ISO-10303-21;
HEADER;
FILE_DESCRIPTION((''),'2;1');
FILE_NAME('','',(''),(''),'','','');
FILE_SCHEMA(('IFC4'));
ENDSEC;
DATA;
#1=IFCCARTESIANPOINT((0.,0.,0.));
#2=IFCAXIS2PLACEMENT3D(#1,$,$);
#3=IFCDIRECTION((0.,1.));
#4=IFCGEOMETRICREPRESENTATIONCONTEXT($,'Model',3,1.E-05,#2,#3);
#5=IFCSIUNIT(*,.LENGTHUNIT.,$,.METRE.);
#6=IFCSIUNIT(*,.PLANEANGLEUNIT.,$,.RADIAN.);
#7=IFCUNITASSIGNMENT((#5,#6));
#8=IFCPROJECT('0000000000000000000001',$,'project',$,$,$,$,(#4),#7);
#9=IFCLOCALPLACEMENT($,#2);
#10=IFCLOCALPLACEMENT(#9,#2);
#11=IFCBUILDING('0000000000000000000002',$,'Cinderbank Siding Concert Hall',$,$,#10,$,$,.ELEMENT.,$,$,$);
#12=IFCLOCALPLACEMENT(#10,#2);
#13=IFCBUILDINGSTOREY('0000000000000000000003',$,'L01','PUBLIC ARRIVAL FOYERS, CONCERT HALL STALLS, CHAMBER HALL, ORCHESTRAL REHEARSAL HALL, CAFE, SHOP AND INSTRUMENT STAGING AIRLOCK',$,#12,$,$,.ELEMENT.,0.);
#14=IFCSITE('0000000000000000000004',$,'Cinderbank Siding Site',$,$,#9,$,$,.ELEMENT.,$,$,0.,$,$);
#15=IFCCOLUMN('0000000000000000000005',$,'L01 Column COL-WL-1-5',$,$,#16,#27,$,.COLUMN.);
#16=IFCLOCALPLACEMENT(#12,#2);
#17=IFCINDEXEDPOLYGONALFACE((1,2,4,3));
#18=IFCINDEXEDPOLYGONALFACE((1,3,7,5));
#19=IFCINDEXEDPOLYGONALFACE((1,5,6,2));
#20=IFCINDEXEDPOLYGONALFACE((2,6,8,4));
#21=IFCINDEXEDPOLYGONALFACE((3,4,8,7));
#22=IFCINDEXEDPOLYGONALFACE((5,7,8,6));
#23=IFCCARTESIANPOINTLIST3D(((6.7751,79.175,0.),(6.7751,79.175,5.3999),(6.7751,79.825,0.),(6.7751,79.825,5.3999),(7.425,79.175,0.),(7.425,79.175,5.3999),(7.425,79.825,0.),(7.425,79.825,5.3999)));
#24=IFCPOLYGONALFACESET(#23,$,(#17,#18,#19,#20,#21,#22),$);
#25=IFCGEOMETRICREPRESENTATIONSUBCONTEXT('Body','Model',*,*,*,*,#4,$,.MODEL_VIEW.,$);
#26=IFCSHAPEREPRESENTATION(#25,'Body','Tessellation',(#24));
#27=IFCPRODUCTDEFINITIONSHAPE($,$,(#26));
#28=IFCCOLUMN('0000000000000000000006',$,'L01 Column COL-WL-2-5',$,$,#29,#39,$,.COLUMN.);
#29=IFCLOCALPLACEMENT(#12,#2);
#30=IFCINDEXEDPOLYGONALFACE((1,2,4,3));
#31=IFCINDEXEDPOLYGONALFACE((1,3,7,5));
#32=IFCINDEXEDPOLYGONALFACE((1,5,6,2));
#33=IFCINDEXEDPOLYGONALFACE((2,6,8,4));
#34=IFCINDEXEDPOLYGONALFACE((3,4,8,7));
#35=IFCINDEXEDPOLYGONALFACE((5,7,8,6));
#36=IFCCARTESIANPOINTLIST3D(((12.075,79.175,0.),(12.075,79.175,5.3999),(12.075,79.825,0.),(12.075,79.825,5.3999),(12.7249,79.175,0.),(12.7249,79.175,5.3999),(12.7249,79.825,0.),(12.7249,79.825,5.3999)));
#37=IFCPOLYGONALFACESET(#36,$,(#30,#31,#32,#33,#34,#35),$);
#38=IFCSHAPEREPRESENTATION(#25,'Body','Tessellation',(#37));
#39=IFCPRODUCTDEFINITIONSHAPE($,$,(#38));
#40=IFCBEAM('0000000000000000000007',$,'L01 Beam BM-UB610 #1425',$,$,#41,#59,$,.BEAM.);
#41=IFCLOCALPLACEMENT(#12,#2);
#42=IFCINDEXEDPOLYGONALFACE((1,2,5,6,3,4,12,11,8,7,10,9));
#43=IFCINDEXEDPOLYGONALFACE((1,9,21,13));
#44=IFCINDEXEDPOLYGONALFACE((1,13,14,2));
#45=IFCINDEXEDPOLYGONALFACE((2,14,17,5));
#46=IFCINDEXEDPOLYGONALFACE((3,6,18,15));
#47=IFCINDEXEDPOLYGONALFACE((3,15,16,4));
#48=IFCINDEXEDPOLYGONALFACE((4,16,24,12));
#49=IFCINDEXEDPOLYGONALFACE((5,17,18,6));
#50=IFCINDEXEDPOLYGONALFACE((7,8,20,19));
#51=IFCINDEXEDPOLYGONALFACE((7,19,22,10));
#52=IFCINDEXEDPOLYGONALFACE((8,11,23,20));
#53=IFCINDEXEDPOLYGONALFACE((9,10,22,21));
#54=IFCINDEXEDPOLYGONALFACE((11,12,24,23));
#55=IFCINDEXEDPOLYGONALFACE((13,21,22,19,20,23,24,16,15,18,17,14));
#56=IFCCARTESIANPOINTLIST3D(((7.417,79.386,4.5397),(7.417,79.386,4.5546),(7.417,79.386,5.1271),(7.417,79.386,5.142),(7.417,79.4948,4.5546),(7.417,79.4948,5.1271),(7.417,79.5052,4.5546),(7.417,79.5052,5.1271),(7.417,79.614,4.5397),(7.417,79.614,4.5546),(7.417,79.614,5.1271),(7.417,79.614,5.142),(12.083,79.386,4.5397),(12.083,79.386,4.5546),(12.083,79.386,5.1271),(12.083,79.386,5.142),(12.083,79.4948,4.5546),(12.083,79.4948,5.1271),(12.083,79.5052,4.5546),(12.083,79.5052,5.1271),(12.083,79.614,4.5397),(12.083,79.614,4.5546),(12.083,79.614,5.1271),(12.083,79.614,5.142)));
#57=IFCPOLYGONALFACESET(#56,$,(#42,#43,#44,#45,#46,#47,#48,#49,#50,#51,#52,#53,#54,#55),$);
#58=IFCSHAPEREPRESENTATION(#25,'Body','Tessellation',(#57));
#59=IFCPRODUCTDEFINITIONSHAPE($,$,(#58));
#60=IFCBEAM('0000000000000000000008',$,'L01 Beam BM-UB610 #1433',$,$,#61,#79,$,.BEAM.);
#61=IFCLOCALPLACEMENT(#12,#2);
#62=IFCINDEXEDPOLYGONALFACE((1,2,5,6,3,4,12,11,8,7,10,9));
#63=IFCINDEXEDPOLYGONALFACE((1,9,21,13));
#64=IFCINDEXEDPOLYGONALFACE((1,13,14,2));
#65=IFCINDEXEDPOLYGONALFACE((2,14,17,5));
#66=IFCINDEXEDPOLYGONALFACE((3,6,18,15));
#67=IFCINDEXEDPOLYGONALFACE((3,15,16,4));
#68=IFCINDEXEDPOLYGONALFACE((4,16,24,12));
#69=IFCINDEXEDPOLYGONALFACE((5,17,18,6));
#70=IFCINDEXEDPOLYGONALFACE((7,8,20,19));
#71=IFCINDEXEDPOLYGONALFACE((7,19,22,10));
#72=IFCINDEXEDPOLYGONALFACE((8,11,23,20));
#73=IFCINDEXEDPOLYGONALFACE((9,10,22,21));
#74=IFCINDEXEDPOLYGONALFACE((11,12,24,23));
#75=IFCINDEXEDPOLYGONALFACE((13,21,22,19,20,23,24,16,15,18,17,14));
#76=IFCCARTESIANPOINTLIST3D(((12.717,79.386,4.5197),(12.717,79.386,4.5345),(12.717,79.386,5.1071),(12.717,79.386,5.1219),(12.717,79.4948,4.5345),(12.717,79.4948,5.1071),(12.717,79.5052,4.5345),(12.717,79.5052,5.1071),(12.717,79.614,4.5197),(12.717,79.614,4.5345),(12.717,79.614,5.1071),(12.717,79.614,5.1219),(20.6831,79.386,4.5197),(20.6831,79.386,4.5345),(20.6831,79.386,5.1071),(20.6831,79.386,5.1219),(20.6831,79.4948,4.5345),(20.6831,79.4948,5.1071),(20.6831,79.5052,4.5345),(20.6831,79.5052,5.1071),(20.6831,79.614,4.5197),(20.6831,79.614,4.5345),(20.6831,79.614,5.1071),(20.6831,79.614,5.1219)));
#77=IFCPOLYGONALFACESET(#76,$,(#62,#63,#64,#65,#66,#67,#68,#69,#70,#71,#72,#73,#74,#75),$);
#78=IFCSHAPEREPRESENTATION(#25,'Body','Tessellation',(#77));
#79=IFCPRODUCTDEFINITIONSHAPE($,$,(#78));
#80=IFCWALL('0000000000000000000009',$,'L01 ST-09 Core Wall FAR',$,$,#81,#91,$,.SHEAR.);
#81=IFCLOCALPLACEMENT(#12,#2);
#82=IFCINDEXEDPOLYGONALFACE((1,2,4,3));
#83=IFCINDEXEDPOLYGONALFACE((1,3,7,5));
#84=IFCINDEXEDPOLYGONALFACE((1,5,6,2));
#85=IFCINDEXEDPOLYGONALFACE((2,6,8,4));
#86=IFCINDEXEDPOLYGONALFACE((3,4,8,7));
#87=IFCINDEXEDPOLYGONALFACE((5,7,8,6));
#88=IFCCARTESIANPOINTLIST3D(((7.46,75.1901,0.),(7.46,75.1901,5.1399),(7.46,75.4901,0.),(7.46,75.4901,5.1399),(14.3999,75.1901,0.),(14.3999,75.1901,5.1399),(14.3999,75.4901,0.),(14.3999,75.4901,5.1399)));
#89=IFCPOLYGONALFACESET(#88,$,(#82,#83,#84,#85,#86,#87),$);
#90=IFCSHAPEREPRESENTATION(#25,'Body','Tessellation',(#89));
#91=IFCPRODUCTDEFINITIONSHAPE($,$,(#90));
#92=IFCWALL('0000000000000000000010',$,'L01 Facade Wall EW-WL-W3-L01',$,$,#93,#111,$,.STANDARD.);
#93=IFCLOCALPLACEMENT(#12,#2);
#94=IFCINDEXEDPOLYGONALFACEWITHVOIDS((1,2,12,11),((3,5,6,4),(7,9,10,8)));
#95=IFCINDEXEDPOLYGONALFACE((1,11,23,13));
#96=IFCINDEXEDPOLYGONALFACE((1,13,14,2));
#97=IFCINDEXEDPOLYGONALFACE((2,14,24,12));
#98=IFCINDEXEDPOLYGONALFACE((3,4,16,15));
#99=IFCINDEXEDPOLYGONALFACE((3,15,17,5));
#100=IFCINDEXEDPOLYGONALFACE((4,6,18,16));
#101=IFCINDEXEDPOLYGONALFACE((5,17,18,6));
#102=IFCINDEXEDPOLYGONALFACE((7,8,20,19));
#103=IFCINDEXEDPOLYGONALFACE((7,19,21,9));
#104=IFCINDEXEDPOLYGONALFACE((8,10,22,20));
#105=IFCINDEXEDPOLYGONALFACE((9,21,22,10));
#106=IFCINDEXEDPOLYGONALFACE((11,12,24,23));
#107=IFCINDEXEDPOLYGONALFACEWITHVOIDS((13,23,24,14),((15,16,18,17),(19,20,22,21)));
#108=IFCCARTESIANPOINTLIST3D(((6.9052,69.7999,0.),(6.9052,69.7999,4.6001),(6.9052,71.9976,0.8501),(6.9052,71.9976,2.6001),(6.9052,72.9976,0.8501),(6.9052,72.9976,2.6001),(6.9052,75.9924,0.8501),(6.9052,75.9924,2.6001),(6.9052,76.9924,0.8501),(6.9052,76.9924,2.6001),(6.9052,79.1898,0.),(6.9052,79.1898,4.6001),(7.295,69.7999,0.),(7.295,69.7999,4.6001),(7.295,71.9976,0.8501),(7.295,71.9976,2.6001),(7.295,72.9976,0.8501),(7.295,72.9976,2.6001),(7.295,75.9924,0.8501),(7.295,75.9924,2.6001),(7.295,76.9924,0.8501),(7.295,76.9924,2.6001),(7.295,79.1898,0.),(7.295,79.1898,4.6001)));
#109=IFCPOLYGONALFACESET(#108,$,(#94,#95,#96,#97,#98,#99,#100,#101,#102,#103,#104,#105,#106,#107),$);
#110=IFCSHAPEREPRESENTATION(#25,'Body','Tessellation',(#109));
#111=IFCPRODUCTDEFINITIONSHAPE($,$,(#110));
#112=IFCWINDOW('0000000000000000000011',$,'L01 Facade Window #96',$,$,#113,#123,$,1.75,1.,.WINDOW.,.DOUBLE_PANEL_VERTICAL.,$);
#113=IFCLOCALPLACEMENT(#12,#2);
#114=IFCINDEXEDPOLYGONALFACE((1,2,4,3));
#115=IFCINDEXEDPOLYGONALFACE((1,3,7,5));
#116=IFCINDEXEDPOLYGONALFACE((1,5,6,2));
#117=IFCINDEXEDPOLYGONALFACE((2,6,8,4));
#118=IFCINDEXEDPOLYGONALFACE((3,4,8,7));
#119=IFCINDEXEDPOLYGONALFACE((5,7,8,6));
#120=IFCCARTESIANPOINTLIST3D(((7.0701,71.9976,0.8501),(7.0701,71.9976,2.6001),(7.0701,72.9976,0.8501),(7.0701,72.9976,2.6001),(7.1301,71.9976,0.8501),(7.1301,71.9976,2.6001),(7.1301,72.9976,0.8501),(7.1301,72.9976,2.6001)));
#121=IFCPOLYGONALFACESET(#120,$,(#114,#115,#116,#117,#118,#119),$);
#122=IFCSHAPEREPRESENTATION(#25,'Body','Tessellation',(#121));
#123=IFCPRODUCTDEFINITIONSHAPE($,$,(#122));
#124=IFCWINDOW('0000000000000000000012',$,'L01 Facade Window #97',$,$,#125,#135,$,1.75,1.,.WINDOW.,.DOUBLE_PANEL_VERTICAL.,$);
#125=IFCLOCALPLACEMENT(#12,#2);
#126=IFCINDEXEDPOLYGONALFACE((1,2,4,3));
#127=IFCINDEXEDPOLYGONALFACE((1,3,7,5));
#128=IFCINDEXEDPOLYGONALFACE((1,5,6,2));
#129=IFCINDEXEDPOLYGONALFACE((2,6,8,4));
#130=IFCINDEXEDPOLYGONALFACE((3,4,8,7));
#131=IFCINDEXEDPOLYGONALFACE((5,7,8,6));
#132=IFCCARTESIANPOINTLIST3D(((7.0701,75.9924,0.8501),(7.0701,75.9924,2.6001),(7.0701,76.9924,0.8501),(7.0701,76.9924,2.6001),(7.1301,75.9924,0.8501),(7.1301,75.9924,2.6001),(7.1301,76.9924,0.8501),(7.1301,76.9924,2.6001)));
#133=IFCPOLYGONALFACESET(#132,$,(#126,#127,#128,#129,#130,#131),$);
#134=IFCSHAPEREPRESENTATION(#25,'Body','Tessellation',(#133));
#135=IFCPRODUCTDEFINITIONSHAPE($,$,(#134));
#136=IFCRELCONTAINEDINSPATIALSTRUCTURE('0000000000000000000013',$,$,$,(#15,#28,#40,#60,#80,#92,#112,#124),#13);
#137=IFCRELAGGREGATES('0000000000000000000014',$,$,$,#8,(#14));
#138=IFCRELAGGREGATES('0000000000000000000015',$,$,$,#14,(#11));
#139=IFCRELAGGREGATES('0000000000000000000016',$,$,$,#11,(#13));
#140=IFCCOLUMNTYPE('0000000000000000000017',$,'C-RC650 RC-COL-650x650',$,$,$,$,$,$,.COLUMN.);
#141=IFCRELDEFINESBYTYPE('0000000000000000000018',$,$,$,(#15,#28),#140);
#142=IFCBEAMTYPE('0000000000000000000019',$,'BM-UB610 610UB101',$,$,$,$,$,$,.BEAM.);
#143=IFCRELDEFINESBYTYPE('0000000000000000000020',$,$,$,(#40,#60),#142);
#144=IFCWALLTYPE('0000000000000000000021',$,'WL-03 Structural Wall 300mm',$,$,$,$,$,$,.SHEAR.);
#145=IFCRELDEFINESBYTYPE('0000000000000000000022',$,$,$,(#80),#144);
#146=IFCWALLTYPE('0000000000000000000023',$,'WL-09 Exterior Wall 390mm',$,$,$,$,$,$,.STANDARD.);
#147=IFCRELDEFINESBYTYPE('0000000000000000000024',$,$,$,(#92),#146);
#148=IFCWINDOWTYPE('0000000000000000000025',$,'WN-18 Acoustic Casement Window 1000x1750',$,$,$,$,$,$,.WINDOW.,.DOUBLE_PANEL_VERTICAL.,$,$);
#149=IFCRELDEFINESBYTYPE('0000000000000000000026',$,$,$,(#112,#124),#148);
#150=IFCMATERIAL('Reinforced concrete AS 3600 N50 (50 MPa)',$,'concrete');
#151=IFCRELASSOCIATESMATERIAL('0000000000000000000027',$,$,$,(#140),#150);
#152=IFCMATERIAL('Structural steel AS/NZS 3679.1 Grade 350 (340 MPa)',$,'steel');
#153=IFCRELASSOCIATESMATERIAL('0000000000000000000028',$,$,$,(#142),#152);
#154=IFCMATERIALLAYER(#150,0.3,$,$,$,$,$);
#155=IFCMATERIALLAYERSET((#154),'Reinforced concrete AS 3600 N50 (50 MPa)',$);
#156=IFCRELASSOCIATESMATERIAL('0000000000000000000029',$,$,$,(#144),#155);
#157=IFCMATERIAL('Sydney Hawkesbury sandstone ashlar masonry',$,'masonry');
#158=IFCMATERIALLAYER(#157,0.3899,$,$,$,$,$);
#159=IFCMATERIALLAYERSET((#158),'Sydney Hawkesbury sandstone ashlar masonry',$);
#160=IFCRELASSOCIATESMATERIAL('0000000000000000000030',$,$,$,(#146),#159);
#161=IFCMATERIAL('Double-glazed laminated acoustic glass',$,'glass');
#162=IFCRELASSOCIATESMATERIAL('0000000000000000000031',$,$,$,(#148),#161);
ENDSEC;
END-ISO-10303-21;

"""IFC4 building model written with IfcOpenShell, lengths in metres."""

from ifc_helpers import new_model, si_unit, direction, frame, frame_2d, origin, origin_2d, place, context, subcontext, project, spatial, rectangle, i_section, extrude, material, layer, layer_set, material_profile, profile_set, type_object, element, fill, save


model = new_model("IFC4")

# Units and contexts
model_context = context("Model", 3, precision=1e-05, world=origin(), true_north=direction((0.0, 1.0)))
body_context = subcontext(model_context, "Body", "Model", "MODEL_VIEW")
ifc_project = project(units=[si_unit("LENGTHUNIT", "METRE"), si_unit("PLANEANGLEUNIT", "RADIAN")], contexts=[model_context])

# Site, building, storey
site_placement = place(None, origin())
site = spatial("IfcSite", under=ifc_project, at=site_placement, Name="Cinderbank Siding Site", CompositionType="ELEMENT", RefElevation=0.0)
building_placement = place(site_placement, origin())
building = spatial("IfcBuilding", under=site, at=building_placement, Name="Cinderbank Siding Concert Hall", CompositionType="ELEMENT")
storey_placement = place(building_placement, origin())
storey = spatial("IfcBuildingStorey", under=building, at=storey_placement, Name="L01", Description="PUBLIC ARRIVAL FOYERS, CONCERT HALL STALLS, CHAMBER HALL, ORCHESTRAL REHEARSAL HALL, CAFE, SHOP AND INSTRUMENT STAGING AIRLOCK", CompositionType="ELEMENT", Elevation=0.0)

# Columns
ifc_material_1 = material(Name="Reinforced concrete AS 3600 N50 (50 MPa)", Category="concrete")
ifc_material_profile_1 = material_profile(ifc_material_1, rectangle(XDim=0.6499, YDim=0.6499, at=origin_2d()), Name="RC-COL-650x650", Category="LoadBearing")
ifc_profile_set_1 = profile_set([ifc_material_profile_1], Name="Reinforced concrete AS 3600 N50 (50 MPa)")
column_type = type_object("IfcColumnType", Name="C-RC650 RC-COL-650x650", PredefinedType="COLUMN", material=ifc_profile_set_1)
for number, where, z_axis, x_axis, name in (
    (1, (7.1001, 79.5, 0.0), (0.0, 0.0, 1.0), (1.0, 0.0, 0.0), "L01 Column COL-WL-1-5"),
    (2, (12.3999, 79.5, 0.0), (0.0, 0.0, 1.0), (1.0, 0.0, 0.0), "L01 Column COL-WL-2-5"),
):
    element("IfcColumn", number, at=place(storey_placement, frame(where, z_axis=z_axis, x_axis=x_axis)), inside=storey, type_object=column_type, Name=name, PredefinedType="COLUMN", context=body_context, shape_type="SweptSolid", body=[
        extrude(rectangle(XDim=0.6499, YDim=0.6499, at=origin_2d()), origin(), (0.0, 0.0, 1.0), 5.3999),
    ])

# Beams
ifc_material_2 = material(Name="Structural steel AS/NZS 3679.1 Grade 350 (340 MPa)", Category="steel")
ifc_material_profile_2 = material_profile(ifc_material_2, i_section(OverallWidth=0.228, OverallDepth=0.6023, WebThickness=0.0105, FlangeThickness=0.0149, at=origin_2d()), Name="610UB101", Category="LoadBearing")
ifc_profile_set_2 = profile_set([ifc_material_profile_2], Name="Structural steel AS/NZS 3679.1 Grade 350 (340 MPa)")
beam_type = type_object("IfcBeamType", Name="BM-UB610 610UB101", PredefinedType="BEAM", material=ifc_profile_set_2)
beam_1_placement = place(storey_placement, frame((7.417, 79.5, 4.8408), z_axis=(1.0, 0.0, 0.0), x_axis=(0.0, 1.0, 0.0)))
element("IfcBeam", 3, at=beam_1_placement, inside=storey, type_object=beam_type, Name="L01 Beam BM-UB610 #1425", PredefinedType="BEAM", context=body_context, shape_type="SweptSolid", body=[
    extrude(i_section(OverallWidth=0.228, OverallDepth=0.6023, WebThickness=0.0105, FlangeThickness=0.0149, at=origin_2d()), origin(), (0.0, 0.0, 1.0), 4.666),
])
beam_2_placement = place(storey_placement, frame((12.717, 79.5, 4.8208), z_axis=(1.0, 0.0, 0.0), x_axis=(0.0, 1.0, 0.0)))
element("IfcBeam", 4, at=beam_2_placement, inside=storey, type_object=beam_type, Name="L01 Beam BM-UB610 #1433", PredefinedType="BEAM", context=body_context, shape_type="SweptSolid", body=[
    extrude(i_section(OverallWidth=0.228, OverallDepth=0.6023, WebThickness=0.0105, FlangeThickness=0.0149, at=origin_2d()), origin(), (0.0, 0.0, 1.0), 7.9661),
])

# Wall
ifc_layer_1 = layer(ifc_material_1, 0.3)
ifc_layer_set_1 = layer_set([ifc_layer_1], Name="Reinforced concrete AS 3600 N50 (50 MPa)")
wall_type_1 = type_object("IfcWallType", Name="WL-03 Structural Wall 300mm", PredefinedType="SHEAR", material=ifc_layer_set_1)
wall_1_placement = place(storey_placement, frame((7.46, 75.3401, 0.0), z_axis=(0.0, 0.0, 1.0), x_axis=(1.0, 0.0, 0.0)))
element("IfcWall", 5, at=wall_1_placement, inside=storey, type_object=wall_type_1, Name="L01 ST-09 Core Wall FAR", PredefinedType="SHEAR", context=body_context, shape_type="SweptSolid", body=[
    extrude(rectangle(XDim=6.9399, YDim=0.3, at=frame_2d((3.47, 0.0))), origin(), (0.0, 0.0, 1.0), 5.1399),
])

# Wall, openings, windows
ifc_material_3 = material(Name="Sydney Hawkesbury sandstone ashlar masonry", Category="masonry")
ifc_layer_2 = layer(ifc_material_3, 0.3899)
ifc_layer_set_2 = layer_set([ifc_layer_2], Name="Sydney Hawkesbury sandstone ashlar masonry")
wall_type_2 = type_object("IfcWallType", Name="WL-09 Exterior Wall 390mm", PredefinedType="STANDARD", material=ifc_layer_set_2)
wall_2_placement = place(storey_placement, frame((7.1001, 69.8, 0.0), z_axis=(0.0, 0.0, 1.0), x_axis=(0.0, 1.0, 0.0)))
wall_2 = element("IfcWall", 6, at=wall_2_placement, inside=storey, type_object=wall_type_2, Name="L01 Facade Wall EW-WL-W3-L01", PredefinedType="STANDARD", context=body_context, shape_type="SweptSolid", body=[
    extrude(rectangle(XDim=9.3899, YDim=0.3899, at=frame_2d((4.6948, 0.0))), origin(), (0.0, 0.0, 1.0), 4.6001),
])
opening_1_placement = place(wall_2_placement, frame((2.1975, 0.0, 0.8501)))
opening_1 = element("IfcOpeningElement", 7, at=opening_1_placement, cuts=wall_2, PredefinedType="OPENING", context=body_context, shape_type="SweptSolid", body=[
    extrude(rectangle(XDim=1.0, YDim=1.75, at=frame_2d((0.5, 0.875))), frame((0.0, 0.207, 0.0), z_axis=(0.0, -1.0, 0.0), x_axis=(1.0, 0.0, 0.0)), (0.0, 0.0, 1.0), 0.4138),
])
opening_2_placement = place(wall_2_placement, frame((6.1924, 0.0, 0.8501)))
opening_2 = element("IfcOpeningElement", 8, at=opening_2_placement, cuts=wall_2, PredefinedType="OPENING", context=body_context, shape_type="SweptSolid", body=[
    extrude(rectangle(XDim=1.0, YDim=1.75, at=frame_2d((0.5, 0.875))), frame((0.0, 0.207, 0.0), z_axis=(0.0, -1.0, 0.0), x_axis=(1.0, 0.0, 0.0)), (0.0, 0.0, 1.0), 0.4138),
])
ifc_material_4 = material(Name="Double-glazed laminated acoustic glass", Category="glass")
window_type = type_object("IfcWindowType", Name="WN-18 Acoustic Casement Window 1000x1750", PartitioningType="DOUBLE_PANEL_VERTICAL", PredefinedType="WINDOW", material=ifc_material_4)
window_1_placement = place(opening_1_placement, origin())
window_1 = element("IfcWindow", 9, at=window_1_placement, inside=storey, type_object=window_type, Name="L01 Facade Window #96", OverallHeight=1.75, OverallWidth=1.0, PartitioningType="DOUBLE_PANEL_VERTICAL", PredefinedType="WINDOW", context=body_context, shape_type="SweptSolid", body=[
    extrude(rectangle(XDim=1.0, YDim=1.75, at=frame_2d((0.5, 0.875))), frame((0.0, 0.03, 0.0), z_axis=(0.0, -1.0, 0.0), x_axis=(1.0, 0.0, 0.0)), (0.0, 0.0, 1.0), 0.0601),
])
fill(opening_1, window_1)
window_2_placement = place(opening_2_placement, origin())
window_2 = element("IfcWindow", 10, at=window_2_placement, inside=storey, type_object=window_type, Name="L01 Facade Window #97", OverallHeight=1.75, OverallWidth=1.0, PartitioningType="DOUBLE_PANEL_VERTICAL", PredefinedType="WINDOW", context=body_context, shape_type="SweptSolid", body=[
    extrude(rectangle(XDim=1.0, YDim=1.75, at=frame_2d((0.5, 0.875))), frame((0.0, 0.03, 0.0), z_axis=(0.0, -1.0, 0.0), x_axis=(1.0, 0.0, 0.0)), (0.0, 0.0, 1.0), 0.0601),
])
fill(opening_2, window_2)

save(model, "model.ifc")
